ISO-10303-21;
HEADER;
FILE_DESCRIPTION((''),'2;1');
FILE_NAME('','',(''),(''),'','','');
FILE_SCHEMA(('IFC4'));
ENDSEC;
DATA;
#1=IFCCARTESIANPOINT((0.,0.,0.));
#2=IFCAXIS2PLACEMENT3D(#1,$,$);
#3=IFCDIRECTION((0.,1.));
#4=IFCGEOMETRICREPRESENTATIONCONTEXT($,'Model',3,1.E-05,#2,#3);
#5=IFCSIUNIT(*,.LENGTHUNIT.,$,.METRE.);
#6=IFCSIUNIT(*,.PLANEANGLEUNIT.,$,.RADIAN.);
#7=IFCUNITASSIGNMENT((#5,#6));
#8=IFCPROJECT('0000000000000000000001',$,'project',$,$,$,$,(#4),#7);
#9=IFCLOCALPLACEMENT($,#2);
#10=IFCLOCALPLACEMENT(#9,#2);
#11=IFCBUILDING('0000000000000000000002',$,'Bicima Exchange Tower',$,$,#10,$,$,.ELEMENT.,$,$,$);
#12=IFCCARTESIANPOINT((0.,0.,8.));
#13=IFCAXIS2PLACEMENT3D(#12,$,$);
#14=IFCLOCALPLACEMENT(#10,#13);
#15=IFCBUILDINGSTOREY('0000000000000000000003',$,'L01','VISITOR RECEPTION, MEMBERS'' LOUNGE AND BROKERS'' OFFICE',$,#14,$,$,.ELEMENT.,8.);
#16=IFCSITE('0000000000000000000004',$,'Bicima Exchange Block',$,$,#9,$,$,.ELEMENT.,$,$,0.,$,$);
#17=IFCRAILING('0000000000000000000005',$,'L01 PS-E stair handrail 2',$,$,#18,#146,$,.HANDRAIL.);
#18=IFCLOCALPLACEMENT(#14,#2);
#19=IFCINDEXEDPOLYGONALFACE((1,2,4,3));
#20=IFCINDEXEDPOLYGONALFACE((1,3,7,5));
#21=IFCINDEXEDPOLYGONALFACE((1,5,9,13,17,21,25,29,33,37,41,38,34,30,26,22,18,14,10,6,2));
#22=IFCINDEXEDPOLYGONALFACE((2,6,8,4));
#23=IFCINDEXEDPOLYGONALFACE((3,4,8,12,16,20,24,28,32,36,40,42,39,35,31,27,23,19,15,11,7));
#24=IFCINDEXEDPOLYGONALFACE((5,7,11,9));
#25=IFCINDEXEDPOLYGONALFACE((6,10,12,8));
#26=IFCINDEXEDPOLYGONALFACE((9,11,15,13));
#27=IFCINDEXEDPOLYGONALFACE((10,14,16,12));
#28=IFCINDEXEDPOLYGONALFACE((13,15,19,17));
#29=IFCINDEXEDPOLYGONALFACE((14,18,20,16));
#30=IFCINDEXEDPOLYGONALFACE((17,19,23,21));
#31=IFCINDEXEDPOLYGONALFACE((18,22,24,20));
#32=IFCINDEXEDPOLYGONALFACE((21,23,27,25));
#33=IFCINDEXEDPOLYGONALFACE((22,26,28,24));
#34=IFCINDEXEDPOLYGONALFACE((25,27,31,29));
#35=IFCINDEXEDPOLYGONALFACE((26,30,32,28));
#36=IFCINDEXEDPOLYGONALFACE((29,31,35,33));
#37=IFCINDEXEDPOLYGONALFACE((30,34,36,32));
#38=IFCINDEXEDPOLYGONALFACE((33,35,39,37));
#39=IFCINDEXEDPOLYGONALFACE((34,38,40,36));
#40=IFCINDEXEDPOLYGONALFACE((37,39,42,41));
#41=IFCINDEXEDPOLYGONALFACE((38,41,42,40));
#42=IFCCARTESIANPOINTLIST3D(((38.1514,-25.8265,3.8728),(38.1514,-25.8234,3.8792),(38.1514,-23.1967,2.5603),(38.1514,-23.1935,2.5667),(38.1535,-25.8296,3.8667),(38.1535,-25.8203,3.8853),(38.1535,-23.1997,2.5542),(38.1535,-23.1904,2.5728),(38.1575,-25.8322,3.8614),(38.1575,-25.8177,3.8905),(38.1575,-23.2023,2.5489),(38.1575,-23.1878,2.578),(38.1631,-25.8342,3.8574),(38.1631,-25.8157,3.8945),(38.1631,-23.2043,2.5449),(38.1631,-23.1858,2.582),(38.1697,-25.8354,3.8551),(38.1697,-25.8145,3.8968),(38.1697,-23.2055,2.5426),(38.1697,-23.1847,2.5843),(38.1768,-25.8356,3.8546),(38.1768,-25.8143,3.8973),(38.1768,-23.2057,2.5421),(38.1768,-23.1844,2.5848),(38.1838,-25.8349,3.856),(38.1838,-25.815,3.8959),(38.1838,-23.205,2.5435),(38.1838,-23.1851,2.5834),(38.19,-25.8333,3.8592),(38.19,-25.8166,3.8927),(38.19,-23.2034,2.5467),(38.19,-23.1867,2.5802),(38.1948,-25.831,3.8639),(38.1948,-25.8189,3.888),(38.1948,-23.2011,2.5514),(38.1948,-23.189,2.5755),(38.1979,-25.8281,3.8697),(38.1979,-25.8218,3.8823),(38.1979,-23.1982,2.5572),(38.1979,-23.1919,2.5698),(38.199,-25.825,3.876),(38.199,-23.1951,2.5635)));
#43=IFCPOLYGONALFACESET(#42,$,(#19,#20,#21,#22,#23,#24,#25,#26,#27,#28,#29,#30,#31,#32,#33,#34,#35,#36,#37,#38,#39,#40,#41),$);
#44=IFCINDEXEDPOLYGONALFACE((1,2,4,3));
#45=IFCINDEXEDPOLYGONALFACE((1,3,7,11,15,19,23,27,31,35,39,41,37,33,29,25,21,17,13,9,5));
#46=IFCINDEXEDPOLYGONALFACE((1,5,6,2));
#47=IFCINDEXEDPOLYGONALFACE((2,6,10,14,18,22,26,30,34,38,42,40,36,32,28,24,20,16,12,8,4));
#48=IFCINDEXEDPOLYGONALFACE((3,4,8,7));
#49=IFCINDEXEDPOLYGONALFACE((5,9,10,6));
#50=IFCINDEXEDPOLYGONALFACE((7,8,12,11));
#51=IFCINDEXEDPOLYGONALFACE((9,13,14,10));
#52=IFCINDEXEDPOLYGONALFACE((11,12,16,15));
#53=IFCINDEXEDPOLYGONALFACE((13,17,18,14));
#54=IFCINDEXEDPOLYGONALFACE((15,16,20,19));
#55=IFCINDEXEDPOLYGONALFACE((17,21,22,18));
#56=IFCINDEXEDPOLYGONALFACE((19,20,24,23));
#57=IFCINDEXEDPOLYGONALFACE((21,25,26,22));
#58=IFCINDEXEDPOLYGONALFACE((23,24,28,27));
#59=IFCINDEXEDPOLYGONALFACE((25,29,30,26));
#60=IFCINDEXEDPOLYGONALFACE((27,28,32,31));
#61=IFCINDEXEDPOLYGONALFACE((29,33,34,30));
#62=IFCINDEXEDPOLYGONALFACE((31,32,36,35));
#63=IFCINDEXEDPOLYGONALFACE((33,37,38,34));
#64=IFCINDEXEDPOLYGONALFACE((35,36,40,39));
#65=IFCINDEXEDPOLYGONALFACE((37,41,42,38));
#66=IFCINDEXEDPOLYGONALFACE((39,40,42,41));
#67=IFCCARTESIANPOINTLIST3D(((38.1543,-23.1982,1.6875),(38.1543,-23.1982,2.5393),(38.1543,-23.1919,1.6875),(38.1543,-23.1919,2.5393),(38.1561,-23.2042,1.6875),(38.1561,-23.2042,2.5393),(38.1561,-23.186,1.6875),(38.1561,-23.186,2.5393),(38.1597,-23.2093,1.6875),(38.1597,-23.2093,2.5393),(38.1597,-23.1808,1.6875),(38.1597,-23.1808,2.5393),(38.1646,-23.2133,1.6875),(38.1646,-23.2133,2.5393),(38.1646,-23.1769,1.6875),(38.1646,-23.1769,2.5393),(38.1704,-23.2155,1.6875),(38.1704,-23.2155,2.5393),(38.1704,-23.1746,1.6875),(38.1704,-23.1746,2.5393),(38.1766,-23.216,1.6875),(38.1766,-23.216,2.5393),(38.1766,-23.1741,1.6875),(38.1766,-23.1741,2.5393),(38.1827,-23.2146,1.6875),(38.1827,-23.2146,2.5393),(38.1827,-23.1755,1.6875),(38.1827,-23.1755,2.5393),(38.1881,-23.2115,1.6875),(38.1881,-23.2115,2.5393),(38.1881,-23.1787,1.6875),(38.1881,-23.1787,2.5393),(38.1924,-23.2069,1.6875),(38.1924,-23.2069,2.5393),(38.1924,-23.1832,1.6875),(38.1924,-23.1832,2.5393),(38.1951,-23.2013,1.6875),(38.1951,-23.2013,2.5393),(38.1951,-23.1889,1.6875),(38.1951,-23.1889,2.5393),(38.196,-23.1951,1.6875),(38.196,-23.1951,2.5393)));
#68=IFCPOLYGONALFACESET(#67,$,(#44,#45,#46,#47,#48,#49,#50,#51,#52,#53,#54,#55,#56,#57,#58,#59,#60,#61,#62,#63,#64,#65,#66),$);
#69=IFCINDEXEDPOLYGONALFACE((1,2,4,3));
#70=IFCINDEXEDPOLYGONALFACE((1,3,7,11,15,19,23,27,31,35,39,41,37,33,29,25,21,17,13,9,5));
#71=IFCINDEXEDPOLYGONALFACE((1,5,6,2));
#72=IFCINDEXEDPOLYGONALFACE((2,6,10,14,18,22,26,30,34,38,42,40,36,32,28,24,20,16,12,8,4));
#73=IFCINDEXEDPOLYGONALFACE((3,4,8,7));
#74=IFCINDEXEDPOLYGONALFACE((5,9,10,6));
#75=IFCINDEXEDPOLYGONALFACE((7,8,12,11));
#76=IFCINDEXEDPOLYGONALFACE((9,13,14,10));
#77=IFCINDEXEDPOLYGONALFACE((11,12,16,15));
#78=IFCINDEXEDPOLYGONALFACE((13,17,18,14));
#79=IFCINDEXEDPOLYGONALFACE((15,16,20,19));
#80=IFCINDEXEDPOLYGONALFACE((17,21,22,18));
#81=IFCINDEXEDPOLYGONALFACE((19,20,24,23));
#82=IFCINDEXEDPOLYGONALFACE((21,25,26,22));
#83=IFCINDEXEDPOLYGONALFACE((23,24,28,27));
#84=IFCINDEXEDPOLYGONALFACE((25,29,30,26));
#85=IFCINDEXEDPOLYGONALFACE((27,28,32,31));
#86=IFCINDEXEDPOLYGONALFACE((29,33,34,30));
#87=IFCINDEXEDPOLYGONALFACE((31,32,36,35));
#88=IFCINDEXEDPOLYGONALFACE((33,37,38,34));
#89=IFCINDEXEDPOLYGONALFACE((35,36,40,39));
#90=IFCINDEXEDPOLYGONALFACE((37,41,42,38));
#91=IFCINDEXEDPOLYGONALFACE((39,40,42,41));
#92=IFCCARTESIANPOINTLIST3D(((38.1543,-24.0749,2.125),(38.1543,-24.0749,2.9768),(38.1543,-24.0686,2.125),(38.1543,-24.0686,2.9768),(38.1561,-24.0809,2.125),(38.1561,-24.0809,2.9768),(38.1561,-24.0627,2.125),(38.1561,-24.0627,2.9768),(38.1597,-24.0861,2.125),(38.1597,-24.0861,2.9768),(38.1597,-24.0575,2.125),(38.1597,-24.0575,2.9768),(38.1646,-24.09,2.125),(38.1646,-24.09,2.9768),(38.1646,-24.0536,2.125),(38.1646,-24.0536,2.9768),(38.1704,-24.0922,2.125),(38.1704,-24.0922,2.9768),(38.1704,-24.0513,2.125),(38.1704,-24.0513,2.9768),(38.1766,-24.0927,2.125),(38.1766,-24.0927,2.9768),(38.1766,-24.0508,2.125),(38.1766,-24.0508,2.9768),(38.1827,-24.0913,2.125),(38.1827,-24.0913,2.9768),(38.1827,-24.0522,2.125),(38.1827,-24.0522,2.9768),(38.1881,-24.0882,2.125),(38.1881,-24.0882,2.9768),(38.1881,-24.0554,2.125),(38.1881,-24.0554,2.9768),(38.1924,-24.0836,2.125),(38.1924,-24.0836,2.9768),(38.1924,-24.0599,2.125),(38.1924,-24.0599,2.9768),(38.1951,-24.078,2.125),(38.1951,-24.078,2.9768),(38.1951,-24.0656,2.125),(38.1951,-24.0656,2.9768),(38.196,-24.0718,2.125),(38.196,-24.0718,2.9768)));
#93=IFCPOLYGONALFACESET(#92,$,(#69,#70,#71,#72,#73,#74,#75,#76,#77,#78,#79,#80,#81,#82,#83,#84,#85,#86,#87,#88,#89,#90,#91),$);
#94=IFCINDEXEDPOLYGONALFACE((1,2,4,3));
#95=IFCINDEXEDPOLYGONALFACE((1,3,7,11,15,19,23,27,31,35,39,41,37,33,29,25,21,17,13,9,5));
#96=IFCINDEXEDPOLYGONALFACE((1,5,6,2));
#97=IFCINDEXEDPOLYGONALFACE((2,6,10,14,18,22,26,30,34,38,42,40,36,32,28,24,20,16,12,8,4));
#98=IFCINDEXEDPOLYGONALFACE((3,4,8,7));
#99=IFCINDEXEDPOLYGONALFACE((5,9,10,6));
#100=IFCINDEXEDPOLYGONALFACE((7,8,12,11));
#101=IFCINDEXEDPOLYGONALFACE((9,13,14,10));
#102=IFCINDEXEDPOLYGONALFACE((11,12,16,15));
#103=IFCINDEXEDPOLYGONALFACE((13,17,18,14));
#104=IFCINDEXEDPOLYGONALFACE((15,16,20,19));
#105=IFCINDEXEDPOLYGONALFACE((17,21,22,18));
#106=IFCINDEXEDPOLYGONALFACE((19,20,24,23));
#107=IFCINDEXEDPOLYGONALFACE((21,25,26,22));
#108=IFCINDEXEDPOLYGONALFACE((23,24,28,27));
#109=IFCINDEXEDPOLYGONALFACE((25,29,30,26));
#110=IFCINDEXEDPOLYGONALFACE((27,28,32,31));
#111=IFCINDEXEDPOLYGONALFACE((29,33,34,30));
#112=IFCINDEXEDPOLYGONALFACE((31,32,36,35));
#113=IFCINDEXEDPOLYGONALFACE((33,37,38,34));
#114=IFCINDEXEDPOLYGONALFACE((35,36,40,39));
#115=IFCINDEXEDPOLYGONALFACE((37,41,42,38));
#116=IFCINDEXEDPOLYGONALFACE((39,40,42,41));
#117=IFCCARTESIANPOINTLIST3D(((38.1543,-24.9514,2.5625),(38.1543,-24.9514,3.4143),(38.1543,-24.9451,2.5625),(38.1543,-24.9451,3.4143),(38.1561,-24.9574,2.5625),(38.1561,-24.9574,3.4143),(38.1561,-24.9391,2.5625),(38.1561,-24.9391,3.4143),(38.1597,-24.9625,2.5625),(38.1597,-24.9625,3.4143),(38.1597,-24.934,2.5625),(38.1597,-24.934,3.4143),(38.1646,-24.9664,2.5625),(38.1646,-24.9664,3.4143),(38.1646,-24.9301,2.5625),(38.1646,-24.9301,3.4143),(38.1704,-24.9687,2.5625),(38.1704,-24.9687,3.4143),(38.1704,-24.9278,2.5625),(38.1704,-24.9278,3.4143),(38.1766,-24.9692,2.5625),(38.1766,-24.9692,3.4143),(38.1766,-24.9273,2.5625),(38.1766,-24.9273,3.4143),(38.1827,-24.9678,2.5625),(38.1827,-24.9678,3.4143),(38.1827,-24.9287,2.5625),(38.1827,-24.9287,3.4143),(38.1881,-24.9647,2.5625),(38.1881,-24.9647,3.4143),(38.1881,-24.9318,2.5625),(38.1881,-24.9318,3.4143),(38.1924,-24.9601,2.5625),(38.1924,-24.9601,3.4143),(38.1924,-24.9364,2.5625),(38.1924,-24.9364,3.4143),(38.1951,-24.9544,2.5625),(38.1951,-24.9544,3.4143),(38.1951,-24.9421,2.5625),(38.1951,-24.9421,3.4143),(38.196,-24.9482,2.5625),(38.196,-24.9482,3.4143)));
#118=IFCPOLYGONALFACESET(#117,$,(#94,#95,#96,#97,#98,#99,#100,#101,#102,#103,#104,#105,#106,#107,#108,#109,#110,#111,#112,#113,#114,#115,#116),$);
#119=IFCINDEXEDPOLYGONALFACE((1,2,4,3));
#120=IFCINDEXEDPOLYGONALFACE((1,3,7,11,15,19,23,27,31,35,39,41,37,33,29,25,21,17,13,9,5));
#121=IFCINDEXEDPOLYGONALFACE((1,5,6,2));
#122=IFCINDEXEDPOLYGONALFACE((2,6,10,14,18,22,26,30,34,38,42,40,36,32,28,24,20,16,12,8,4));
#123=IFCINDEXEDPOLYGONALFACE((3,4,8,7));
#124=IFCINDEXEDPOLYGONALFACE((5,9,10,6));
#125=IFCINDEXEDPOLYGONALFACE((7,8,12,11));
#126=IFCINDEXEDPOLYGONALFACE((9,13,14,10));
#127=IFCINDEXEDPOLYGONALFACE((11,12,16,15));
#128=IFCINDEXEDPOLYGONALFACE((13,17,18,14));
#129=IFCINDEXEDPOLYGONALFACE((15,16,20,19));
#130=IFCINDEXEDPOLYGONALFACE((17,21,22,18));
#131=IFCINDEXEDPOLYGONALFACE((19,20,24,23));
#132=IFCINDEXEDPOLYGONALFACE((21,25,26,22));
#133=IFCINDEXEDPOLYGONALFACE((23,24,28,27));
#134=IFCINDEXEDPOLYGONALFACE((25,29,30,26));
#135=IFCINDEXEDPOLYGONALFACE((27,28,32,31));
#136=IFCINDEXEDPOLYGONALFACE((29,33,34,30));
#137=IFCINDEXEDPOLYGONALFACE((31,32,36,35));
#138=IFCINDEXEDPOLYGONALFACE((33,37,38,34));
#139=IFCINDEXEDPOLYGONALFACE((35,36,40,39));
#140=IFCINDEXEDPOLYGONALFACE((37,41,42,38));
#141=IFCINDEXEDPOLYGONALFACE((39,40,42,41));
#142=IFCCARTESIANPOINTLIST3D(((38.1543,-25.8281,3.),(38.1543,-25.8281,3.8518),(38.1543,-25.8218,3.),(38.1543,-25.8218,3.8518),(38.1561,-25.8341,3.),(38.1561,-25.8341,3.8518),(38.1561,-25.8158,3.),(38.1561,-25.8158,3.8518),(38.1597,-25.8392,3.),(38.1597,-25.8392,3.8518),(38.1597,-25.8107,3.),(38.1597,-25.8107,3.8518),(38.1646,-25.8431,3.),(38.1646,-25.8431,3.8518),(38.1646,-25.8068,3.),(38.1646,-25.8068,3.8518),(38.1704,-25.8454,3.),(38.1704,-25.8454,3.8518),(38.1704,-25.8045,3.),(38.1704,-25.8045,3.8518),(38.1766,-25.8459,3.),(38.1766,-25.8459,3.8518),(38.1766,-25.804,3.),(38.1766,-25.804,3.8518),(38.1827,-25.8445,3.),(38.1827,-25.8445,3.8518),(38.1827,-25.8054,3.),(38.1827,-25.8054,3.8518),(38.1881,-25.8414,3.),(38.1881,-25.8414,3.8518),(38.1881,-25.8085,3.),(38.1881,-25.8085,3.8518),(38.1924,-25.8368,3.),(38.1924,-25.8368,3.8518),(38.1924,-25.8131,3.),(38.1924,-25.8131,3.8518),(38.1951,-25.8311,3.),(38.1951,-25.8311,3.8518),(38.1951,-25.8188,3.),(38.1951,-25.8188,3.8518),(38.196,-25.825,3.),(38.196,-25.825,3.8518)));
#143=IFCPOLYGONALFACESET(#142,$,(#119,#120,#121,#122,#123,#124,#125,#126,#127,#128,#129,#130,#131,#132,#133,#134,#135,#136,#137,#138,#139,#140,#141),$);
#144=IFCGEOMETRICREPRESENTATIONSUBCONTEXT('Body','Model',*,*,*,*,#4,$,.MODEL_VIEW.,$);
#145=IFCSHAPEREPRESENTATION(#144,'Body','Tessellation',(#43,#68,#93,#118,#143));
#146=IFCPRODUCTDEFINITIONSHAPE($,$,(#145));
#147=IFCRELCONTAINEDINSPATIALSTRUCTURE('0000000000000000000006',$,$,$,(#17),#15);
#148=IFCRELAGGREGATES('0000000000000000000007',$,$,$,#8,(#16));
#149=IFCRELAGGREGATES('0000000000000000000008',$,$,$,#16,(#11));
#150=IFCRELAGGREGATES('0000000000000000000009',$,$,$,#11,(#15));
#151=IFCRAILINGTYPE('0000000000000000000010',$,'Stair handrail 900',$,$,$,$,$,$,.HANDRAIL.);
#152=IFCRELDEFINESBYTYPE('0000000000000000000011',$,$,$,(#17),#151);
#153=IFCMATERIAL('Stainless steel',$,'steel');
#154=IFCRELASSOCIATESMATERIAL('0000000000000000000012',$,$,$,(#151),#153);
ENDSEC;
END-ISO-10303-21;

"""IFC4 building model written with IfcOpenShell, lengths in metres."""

from ifc_helpers import new_model, si_unit, direction, frame, origin, origin_2d, place, context, subcontext, project, spatial, circle, extrude, material, type_object, element, save


model = new_model("IFC4")

# Units and contexts
model_context = context("Model", 3, precision=1e-05, world=origin(), true_north=direction((0.0, 1.0)))
body_context = subcontext(model_context, "Body", "Model", "MODEL_VIEW")
ifc_project = project(units=[si_unit("LENGTHUNIT", "METRE"), si_unit("PLANEANGLEUNIT", "RADIAN")], contexts=[model_context])

# Site, building, storey
site_placement = place(None, origin())
site = spatial("IfcSite", under=ifc_project, at=site_placement, Name="Bicima Exchange Block", CompositionType="ELEMENT", RefElevation=0.0)
building_placement = place(site_placement, origin())
building = spatial("IfcBuilding", under=site, at=building_placement, Name="Bicima Exchange Tower", CompositionType="ELEMENT")
storey_placement = place(building_placement, frame((0.0, 0.0, 8.0)))
storey = spatial("IfcBuildingStorey", under=building, at=storey_placement, Name="L01", Description="VISITOR RECEPTION, MEMBERS' LOUNGE AND BROKERS' OFFICE", CompositionType="ELEMENT", Elevation=8.0)

# Railing
ifc_material_1 = material(Name="Stainless steel", Category="steel")
railing_type_1 = type_object("IfcRailingType", Name="Stair handrail 900", PredefinedType="HANDRAIL", material=ifc_material_1)
railing_1_placement = place(storey_placement, frame((38.175, -23.1951, 1.6875)))
element("IfcRailing", 1, at=railing_1_placement, inside=storey, type_object=railing_type_1, Name="L01 PS-E stair handrail 2", PredefinedType="HANDRAIL", context=body_context, shape_type="SweptSolid", body=[
    extrude(circle(Radius=0.0239, at=origin_2d()), frame((0.0, 0.0, 0.876), z_axis=(0.0, -0.894759, 0.446549), x_axis=(1.0, 0.0, 0.0)), (0.0, 0.0, 1.0), 2.9392),
    extrude(circle(Radius=0.021, at=origin_2d()), origin(), (0.0, 0.0, 1.0), 0.8518),
    extrude(circle(Radius=0.021, at=origin_2d()), frame((0.0, -0.8767, 0.4375)), (0.0, 0.0, 1.0), 0.8518),
    extrude(circle(Radius=0.021, at=origin_2d()), frame((0.0, -1.7532, 0.875)), (0.0, 0.0, 1.0), 0.8518),
    extrude(circle(Radius=0.021, at=origin_2d()), frame((0.0, -2.6299, 1.3125)), (0.0, 0.0, 1.0), 0.8518),
])

save(model, "model.ifc")
